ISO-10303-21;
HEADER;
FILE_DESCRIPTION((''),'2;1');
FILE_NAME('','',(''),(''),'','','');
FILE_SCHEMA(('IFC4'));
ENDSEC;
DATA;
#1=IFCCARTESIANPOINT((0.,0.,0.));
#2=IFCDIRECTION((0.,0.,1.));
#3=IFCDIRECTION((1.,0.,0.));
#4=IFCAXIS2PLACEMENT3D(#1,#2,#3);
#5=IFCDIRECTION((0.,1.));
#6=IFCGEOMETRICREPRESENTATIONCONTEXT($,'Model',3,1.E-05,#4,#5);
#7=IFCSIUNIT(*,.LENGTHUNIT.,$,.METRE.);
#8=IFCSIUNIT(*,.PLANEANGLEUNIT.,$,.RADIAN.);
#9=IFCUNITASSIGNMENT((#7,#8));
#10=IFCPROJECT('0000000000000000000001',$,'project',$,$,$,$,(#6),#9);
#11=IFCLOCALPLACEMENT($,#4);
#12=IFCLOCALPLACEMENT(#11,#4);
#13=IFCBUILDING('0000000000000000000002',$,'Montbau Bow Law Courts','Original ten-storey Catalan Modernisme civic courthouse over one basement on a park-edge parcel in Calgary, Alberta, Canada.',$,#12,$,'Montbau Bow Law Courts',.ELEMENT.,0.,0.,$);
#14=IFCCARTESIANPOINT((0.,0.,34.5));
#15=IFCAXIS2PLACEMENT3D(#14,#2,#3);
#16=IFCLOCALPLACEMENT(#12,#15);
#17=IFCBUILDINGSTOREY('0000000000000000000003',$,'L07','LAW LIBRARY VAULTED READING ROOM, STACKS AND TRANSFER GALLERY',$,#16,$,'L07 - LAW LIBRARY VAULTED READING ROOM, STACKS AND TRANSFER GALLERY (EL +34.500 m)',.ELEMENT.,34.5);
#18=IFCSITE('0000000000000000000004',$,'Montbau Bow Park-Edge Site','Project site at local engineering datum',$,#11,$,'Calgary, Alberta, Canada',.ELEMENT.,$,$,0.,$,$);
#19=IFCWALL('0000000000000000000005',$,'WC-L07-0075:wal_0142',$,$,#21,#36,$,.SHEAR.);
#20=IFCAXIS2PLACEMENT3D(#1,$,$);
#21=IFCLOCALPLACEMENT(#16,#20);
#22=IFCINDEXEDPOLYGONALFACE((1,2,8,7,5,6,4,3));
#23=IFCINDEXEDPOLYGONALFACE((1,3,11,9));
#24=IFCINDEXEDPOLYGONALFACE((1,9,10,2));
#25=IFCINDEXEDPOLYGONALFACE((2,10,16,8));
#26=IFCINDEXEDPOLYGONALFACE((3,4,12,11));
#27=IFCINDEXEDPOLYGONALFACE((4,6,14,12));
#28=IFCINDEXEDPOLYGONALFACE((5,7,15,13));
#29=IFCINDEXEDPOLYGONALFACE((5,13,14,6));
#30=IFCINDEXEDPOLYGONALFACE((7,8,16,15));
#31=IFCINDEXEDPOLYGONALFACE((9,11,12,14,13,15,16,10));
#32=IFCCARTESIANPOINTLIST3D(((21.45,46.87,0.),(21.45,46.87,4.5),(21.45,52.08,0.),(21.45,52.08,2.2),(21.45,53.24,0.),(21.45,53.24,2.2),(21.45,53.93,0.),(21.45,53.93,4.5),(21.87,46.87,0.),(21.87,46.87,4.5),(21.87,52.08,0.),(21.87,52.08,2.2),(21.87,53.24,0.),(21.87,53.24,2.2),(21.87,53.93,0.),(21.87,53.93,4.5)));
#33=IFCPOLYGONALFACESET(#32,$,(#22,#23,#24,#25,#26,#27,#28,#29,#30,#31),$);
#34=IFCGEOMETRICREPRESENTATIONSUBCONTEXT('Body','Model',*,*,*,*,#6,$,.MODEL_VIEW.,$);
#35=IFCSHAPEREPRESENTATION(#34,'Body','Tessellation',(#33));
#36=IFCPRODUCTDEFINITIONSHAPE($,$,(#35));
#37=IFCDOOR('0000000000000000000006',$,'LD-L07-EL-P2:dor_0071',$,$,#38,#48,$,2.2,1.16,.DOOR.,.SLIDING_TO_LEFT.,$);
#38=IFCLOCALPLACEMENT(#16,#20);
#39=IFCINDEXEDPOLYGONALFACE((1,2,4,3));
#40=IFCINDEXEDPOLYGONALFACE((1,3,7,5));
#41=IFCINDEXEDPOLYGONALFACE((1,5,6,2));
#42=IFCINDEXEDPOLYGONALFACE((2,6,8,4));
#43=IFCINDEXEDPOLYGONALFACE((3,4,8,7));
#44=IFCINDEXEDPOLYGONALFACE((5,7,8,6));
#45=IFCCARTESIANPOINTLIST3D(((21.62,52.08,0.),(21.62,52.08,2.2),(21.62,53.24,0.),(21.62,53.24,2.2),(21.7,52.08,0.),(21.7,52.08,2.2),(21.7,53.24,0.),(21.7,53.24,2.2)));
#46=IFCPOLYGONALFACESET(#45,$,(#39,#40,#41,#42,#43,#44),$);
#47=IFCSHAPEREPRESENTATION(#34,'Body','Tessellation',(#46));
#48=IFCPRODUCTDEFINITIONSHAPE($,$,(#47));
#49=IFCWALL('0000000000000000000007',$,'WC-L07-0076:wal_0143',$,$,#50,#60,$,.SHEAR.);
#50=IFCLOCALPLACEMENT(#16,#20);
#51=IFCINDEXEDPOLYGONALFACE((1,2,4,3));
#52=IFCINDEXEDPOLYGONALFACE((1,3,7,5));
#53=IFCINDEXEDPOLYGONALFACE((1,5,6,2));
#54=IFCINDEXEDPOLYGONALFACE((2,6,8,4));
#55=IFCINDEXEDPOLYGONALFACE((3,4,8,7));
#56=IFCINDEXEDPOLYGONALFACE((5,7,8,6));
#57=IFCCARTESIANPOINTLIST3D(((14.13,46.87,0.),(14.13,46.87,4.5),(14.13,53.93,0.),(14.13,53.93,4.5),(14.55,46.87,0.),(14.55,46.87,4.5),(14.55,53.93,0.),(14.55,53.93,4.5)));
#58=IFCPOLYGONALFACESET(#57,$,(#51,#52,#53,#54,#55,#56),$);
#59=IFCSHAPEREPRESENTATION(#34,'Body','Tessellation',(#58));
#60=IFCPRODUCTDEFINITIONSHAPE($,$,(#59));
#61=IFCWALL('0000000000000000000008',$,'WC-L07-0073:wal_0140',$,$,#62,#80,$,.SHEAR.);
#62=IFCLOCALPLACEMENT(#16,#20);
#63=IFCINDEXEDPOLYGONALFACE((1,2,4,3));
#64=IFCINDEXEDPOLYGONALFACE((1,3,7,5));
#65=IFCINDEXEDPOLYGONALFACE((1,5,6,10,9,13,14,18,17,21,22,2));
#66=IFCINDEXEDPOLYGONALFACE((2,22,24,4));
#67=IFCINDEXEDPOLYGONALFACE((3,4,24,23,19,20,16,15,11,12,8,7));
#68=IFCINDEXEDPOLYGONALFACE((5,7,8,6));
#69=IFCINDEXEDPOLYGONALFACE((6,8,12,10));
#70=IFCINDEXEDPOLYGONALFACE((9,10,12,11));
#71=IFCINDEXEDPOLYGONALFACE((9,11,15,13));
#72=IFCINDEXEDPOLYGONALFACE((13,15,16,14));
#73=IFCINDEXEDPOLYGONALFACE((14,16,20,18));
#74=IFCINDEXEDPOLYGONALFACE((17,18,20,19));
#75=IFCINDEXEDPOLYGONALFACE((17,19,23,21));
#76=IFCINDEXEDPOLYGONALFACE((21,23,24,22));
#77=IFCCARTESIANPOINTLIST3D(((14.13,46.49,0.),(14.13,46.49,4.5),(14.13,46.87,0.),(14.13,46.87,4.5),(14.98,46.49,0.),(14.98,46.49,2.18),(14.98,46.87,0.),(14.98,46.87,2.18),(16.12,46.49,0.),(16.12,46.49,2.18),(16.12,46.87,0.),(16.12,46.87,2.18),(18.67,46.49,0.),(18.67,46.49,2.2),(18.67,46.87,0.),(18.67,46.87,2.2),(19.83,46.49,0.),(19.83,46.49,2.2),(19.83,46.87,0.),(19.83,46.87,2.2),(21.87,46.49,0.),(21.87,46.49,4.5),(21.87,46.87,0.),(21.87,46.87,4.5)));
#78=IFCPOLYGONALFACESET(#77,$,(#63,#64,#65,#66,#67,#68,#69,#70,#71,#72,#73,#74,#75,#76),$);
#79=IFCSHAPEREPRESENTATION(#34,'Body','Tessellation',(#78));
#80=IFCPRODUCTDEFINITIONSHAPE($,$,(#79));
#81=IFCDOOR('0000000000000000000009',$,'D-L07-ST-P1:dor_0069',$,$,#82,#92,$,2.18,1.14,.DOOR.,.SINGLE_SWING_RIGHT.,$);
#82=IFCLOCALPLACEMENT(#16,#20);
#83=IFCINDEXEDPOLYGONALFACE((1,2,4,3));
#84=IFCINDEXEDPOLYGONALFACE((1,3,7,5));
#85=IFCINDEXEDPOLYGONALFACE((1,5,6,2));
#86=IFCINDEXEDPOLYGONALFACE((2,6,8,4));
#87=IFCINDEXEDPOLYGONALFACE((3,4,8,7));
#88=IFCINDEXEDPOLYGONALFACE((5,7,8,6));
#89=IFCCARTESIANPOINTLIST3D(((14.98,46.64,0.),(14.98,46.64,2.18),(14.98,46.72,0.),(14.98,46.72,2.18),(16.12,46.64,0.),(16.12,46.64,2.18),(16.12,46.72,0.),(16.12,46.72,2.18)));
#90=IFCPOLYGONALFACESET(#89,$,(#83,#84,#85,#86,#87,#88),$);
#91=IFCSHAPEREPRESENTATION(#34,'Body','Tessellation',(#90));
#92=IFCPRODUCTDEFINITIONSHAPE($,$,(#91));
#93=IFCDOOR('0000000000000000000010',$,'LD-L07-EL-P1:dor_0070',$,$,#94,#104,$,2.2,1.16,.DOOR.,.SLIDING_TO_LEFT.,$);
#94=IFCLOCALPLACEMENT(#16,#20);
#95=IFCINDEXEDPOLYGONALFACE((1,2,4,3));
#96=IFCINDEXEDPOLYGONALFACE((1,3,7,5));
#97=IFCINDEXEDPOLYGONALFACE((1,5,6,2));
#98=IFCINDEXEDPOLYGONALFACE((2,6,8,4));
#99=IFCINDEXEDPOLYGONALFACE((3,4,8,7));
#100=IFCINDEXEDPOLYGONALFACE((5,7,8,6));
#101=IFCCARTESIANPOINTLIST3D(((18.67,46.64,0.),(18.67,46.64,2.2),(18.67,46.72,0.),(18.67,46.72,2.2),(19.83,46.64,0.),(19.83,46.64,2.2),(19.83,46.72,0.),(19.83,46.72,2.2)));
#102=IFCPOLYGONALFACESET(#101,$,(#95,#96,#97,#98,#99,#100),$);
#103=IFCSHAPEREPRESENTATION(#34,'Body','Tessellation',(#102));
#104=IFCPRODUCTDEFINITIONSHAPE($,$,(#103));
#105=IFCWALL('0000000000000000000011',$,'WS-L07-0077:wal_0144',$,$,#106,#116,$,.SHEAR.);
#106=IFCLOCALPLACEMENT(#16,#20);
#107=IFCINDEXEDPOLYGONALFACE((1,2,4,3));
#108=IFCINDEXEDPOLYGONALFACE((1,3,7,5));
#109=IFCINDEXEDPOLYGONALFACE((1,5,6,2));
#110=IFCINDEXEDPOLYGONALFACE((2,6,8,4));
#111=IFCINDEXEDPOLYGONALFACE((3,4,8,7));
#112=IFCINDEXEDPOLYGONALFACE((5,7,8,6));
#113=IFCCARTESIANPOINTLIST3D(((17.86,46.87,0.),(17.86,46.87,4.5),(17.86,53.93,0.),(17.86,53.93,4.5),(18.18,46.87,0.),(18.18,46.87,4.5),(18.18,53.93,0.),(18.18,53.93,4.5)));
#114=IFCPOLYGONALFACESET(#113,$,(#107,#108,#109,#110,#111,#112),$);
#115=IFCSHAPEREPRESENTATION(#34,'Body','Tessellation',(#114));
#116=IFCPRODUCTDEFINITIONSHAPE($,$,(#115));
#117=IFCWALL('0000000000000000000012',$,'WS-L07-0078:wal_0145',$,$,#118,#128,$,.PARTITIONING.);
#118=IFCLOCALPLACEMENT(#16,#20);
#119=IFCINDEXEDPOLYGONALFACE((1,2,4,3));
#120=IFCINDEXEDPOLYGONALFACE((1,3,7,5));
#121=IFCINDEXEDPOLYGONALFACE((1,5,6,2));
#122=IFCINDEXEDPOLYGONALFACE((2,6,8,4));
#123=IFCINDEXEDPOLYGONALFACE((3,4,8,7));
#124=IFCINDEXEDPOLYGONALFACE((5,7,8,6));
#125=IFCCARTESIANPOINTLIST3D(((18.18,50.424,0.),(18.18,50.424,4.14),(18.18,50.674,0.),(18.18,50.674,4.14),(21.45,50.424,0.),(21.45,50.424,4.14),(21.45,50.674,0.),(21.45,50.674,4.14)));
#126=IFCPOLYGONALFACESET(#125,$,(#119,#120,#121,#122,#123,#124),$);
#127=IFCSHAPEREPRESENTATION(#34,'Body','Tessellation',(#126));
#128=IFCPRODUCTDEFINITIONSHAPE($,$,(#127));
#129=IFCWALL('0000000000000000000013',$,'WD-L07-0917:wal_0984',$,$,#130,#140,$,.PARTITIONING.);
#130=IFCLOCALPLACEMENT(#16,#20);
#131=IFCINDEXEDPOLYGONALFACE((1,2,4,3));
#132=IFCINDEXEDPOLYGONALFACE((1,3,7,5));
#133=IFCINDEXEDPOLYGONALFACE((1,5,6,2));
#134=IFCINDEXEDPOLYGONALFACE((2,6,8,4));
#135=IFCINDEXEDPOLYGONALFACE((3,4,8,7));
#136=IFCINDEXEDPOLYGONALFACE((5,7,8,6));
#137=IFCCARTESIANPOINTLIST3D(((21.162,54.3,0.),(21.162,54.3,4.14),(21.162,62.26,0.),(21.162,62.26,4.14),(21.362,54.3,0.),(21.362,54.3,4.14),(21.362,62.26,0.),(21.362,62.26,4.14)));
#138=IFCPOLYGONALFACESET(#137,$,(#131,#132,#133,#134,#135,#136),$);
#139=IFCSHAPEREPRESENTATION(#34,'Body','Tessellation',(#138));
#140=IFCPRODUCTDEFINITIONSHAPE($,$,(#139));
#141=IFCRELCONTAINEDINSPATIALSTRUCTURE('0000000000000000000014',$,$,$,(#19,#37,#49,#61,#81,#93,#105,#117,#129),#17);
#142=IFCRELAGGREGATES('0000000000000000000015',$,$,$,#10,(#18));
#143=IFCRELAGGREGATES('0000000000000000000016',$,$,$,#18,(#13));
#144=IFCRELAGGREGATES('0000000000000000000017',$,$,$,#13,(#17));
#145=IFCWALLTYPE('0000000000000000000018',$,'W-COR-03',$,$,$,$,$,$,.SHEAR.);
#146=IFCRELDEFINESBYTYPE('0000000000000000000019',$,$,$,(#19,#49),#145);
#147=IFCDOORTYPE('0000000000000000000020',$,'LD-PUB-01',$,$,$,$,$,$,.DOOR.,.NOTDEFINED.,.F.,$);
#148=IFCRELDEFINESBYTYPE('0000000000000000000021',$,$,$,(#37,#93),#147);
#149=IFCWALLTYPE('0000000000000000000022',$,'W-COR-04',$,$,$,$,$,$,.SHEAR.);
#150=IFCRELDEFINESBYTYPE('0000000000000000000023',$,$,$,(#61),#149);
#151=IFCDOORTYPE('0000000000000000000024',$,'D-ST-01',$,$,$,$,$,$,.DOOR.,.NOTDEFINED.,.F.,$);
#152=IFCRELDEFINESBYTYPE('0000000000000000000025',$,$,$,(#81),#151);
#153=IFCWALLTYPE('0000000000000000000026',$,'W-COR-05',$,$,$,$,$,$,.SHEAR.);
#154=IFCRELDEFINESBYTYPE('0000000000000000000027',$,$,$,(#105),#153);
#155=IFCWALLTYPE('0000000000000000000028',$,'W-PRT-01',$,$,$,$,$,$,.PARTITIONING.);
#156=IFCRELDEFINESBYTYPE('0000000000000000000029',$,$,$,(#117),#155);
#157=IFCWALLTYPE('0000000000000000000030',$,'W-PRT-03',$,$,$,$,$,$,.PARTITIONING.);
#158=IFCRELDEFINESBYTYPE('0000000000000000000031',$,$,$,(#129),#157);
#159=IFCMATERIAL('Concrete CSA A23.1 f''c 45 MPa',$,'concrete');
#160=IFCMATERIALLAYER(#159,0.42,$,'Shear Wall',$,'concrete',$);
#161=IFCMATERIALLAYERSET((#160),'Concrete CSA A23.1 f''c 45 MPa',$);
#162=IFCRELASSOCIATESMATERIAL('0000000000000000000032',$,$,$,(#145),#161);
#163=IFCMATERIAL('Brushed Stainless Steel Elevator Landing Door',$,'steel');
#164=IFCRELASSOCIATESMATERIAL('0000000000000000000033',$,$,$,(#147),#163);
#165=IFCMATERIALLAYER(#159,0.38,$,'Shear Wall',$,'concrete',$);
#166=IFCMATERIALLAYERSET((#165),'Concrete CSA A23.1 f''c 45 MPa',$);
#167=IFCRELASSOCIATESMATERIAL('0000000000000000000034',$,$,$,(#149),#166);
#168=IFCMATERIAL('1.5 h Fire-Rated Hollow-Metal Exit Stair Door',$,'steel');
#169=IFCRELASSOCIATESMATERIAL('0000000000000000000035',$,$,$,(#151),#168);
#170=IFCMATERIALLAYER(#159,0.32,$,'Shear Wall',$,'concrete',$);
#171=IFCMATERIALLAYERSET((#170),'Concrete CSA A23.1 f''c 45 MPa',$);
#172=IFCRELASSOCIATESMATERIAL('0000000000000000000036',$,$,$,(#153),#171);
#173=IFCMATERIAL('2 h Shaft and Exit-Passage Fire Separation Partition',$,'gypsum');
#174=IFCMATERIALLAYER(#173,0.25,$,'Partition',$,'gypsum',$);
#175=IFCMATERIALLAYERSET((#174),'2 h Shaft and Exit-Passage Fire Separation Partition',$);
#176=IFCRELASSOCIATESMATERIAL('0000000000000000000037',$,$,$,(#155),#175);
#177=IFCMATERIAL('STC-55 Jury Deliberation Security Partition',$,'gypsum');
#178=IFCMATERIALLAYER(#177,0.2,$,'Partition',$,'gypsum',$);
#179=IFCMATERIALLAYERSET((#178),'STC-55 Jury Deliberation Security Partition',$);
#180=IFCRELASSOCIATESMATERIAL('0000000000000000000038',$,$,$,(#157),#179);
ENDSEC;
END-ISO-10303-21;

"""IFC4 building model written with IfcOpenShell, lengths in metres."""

from ifc_helpers import new_model, si_unit, direction, frame, frame_2d, origin_with_axes, place, context, subcontext, project, spatial, rectangle, extrude, material, layer, layer_set, type_object, element, fill, save


model = new_model("IFC4")

# Units and contexts
model_context = context("Model", 3, precision=1e-05, world=origin_with_axes(), true_north=direction((0.0, 1.0)))
body_context = subcontext(model_context, "Body", "Model", "MODEL_VIEW")
ifc_project = project(units=[si_unit("LENGTHUNIT", "METRE"), si_unit("PLANEANGLEUNIT", "RADIAN")], contexts=[model_context])

# Site, building, storey
site_placement = place(None, origin_with_axes())
site = spatial("IfcSite", under=ifc_project, at=site_placement, Name="Montbau Bow Park-Edge Site", Description="Project site at local engineering datum", LongName="Calgary, Alberta, Canada", CompositionType="ELEMENT", RefElevation=0.0)
building_placement = place(site_placement, origin_with_axes())
building = spatial("IfcBuilding", under=site, at=building_placement, Name="Montbau Bow Law Courts", Description="Original ten-storey Catalan Modernisme civic courthouse over one basement on a park-edge parcel in Calgary, Alberta, Canada.", LongName="Montbau Bow Law Courts", CompositionType="ELEMENT", ElevationOfRefHeight=0.0, ElevationOfTerrain=0.0)
storey_placement = place(building_placement, frame((0.0, 0.0, 34.5), z_axis=(0.0, 0.0, 1.0), x_axis=(1.0, 0.0, 0.0)))
storey = spatial("IfcBuildingStorey", under=building, at=storey_placement, Name="L07", Description="LAW LIBRARY VAULTED READING ROOM, STACKS AND TRANSFER GALLERY", LongName="L07 - LAW LIBRARY VAULTED READING ROOM, STACKS AND TRANSFER GALLERY (EL +34.500 m)", CompositionType="ELEMENT", Elevation=34.5)

# Wall, opening, door
ifc_material_1 = material(Name="Concrete CSA A23.1 f'c 45 MPa", Category="concrete")
ifc_layer_1 = layer(ifc_material_1, 0.42, Name="Shear Wall", Category="concrete")
ifc_layer_set_1 = layer_set([ifc_layer_1], Name="Concrete CSA A23.1 f'c 45 MPa")
wall_type_1 = type_object("IfcWallType", Name="W-COR-03", PredefinedType="SHEAR", material=ifc_layer_set_1)
wall_1_placement = place(None, frame((21.66, 46.87, 34.5), z_axis=(0.0, 0.0, 1.0), x_axis=(0.0, 1.0, 0.0)))
wall_1 = element("IfcWall", 1, at=wall_1_placement, inside=storey, type_object=wall_type_1, Name="WC-L07-0075:wal_0142", PredefinedType="SHEAR", context=body_context, shape_type="SweptSolid", body=[
    extrude(rectangle(XDim=7.06, YDim=0.42, at=frame_2d((3.53, 0.0), x_axis=(1.0, 0.0))), origin_with_axes(), (0.0, 0.0, 1.0), 4.5),
])
opening_1_placement = place(None, frame((21.66, 52.66, 34.5), z_axis=(0.0, 0.0, 1.0), x_axis=(0.0, 1.0, 0.0)))
opening_1 = element("IfcOpeningElement", 2, at=opening_1_placement, cuts=wall_1, PredefinedType="OPENING", context=body_context, shape_type="SweptSolid", body=[
    extrude(rectangle(XDim=1.16, YDim=2.2, at=frame_2d((0.0, 1.1), x_axis=(1.0, 0.0))), frame((0.0, 0.22, 0.0), z_axis=(0.0, -1.0, 0.0), x_axis=(1.0, 0.0, 0.0)), (0.0, 0.0, 1.0), 0.44),
])
ifc_material_2 = material(Name="Brushed Stainless Steel Elevator Landing Door", Category="steel")
door_type_1 = type_object("IfcDoorType", Name="LD-PUB-01", OperationType="NOTDEFINED", ParameterTakesPrecedence=False, PredefinedType="DOOR", material=ifc_material_2)
door_1_placement = place(None, frame((21.66, 52.66, 34.5), z_axis=(0.0, 0.0, 1.0), x_axis=(0.0, 1.0, 0.0)))
door_1 = element("IfcDoor", 3, at=door_1_placement, inside=storey, type_object=door_type_1, Name="LD-L07-EL-P2:dor_0071", OperationType="SLIDING_TO_LEFT", OverallHeight=2.2, OverallWidth=1.16, PredefinedType="DOOR", context=body_context, shape_type="SweptSolid", body=[
    extrude(rectangle(XDim=1.16, YDim=2.2, at=frame_2d((0.0, 1.1), x_axis=(1.0, 0.0))), frame((0.0, 0.04, 0.0), z_axis=(0.0, -1.0, 0.0), x_axis=(1.0, 0.0, 0.0)), (0.0, 0.0, 1.0), 0.08),
])
fill(opening_1, door_1)

# Wall
wall_2_placement = place(None, frame((14.34, 53.93, 34.5), z_axis=(0.0, 0.0, 1.0), x_axis=(0.0, -1.0, 0.0)))
element("IfcWall", 4, at=wall_2_placement, inside=storey, type_object=wall_type_1, Name="WC-L07-0076:wal_0143", PredefinedType="SHEAR", context=body_context, shape_type="SweptSolid", body=[
    extrude(rectangle(XDim=7.06, YDim=0.42, at=frame_2d((3.53, 0.0), x_axis=(1.0, 0.0))), origin_with_axes(), (0.0, 0.0, 1.0), 4.5),
])

# Wall, openings, doors
ifc_layer_2 = layer(ifc_material_1, 0.38, Name="Shear Wall", Category="concrete")
ifc_layer_set_2 = layer_set([ifc_layer_2], Name="Concrete CSA A23.1 f'c 45 MPa")
wall_type_2 = type_object("IfcWallType", Name="W-COR-04", PredefinedType="SHEAR", material=ifc_layer_set_2)
wall_3_placement = place(None, frame((14.13, 46.68, 34.5), z_axis=(0.0, 0.0, 1.0), x_axis=(1.0, 0.0, 0.0)))
wall_3 = element("IfcWall", 5, at=wall_3_placement, inside=storey, type_object=wall_type_2, Name="WC-L07-0073:wal_0140", PredefinedType="SHEAR", context=body_context, shape_type="SweptSolid", body=[
    extrude(rectangle(XDim=7.74, YDim=0.38, at=frame_2d((3.87, 0.0), x_axis=(1.0, 0.0))), origin_with_axes(), (0.0, 0.0, 1.0), 4.5),
])
opening_2_placement = place(None, frame((15.55, 46.68, 34.5), z_axis=(0.0, 0.0, 1.0), x_axis=(1.0, 0.0, 0.0)))
opening_2 = element("IfcOpeningElement", 6, at=opening_2_placement, cuts=wall_3, PredefinedType="OPENING", context=body_context, shape_type="SweptSolid", body=[
    extrude(rectangle(XDim=1.14, YDim=2.18, at=frame_2d((0.0, 1.09), x_axis=(1.0, 0.0))), frame((0.0, 0.2, 0.0), z_axis=(0.0, -1.0, 0.0), x_axis=(1.0, 0.0, 0.0)), (0.0, 0.0, 1.0), 0.4),
])
opening_3_placement = place(None, frame((19.25, 46.68, 34.5), z_axis=(0.0, 0.0, 1.0), x_axis=(1.0, 0.0, 0.0)))
opening_3 = element("IfcOpeningElement", 7, at=opening_3_placement, cuts=wall_3, PredefinedType="OPENING", context=body_context, shape_type="SweptSolid", body=[
    extrude(rectangle(XDim=1.16, YDim=2.2, at=frame_2d((0.0, 1.1), x_axis=(1.0, 0.0))), frame((0.0, 0.2, 0.0), z_axis=(0.0, -1.0, 0.0), x_axis=(1.0, 0.0, 0.0)), (0.0, 0.0, 1.0), 0.4),
])
ifc_material_3 = material(Name="1.5 h Fire-Rated Hollow-Metal Exit Stair Door", Category="steel")
door_type_2 = type_object("IfcDoorType", Name="D-ST-01", OperationType="NOTDEFINED", ParameterTakesPrecedence=False, PredefinedType="DOOR", material=ifc_material_3)
door_2_placement = place(None, frame((15.55, 46.68, 34.5), z_axis=(0.0, 0.0, 1.0), x_axis=(-1.0, 0.0, 0.0)))
door_2 = element("IfcDoor", 8, at=door_2_placement, inside=storey, type_object=door_type_2, Name="D-L07-ST-P1:dor_0069", OperationType="SINGLE_SWING_RIGHT", OverallHeight=2.18, OverallWidth=1.14, PredefinedType="DOOR", context=body_context, shape_type="SweptSolid", body=[
    extrude(rectangle(XDim=1.14, YDim=2.18, at=frame_2d((0.0, 1.09), x_axis=(1.0, 0.0))), frame((0.0, 0.04, 0.0), z_axis=(0.0, -1.0, 0.0), x_axis=(1.0, 0.0, 0.0)), (0.0, 0.0, 1.0), 0.08),
])
fill(opening_2, door_2)
door_3_placement = place(None, frame((19.25, 46.68, 34.5), z_axis=(0.0, 0.0, 1.0), x_axis=(-1.0, 0.0, 0.0)))
door_3 = element("IfcDoor", 9, at=door_3_placement, inside=storey, type_object=door_type_1, Name="LD-L07-EL-P1:dor_0070", OperationType="SLIDING_TO_LEFT", OverallHeight=2.2, OverallWidth=1.16, PredefinedType="DOOR", context=body_context, shape_type="SweptSolid", body=[
    extrude(rectangle(XDim=1.16, YDim=2.2, at=frame_2d((0.0, 1.1), x_axis=(1.0, 0.0))), frame((0.0, 0.04, 0.0), z_axis=(0.0, -1.0, 0.0), x_axis=(1.0, 0.0, 0.0)), (0.0, 0.0, 1.0), 0.08),
])
fill(opening_3, door_3)

# Walls
ifc_layer_3 = layer(ifc_material_1, 0.32, Name="Shear Wall", Category="concrete")
ifc_layer_set_3 = layer_set([ifc_layer_3], Name="Concrete CSA A23.1 f'c 45 MPa")
wall_type_3 = type_object("IfcWallType", Name="W-COR-05", PredefinedType="SHEAR", material=ifc_layer_set_3)
wall_4_placement = place(None, frame((18.02, 46.87, 34.5), z_axis=(0.0, 0.0, 1.0), x_axis=(0.0, 1.0, 0.0)))
element("IfcWall", 10, at=wall_4_placement, inside=storey, type_object=wall_type_3, Name="WS-L07-0077:wal_0144", PredefinedType="SHEAR", context=body_context, shape_type="SweptSolid", body=[
    extrude(rectangle(XDim=7.06, YDim=0.32, at=frame_2d((3.53, 0.0), x_axis=(1.0, 0.0))), origin_with_axes(), (0.0, 0.0, 1.0), 4.5),
])
ifc_material_4 = material(Name="2 h Shaft and Exit-Passage Fire Separation Partition", Category="gypsum")
ifc_layer_4 = layer(ifc_material_4, 0.25, Name="Partition", Category="gypsum")
ifc_layer_set_4 = layer_set([ifc_layer_4], Name="2 h Shaft and Exit-Passage Fire Separation Partition")
wall_type_4 = type_object("IfcWallType", Name="W-PRT-01", PredefinedType="PARTITIONING", material=ifc_layer_set_4)
wall_5_placement = place(None, frame((18.18, 50.549, 34.5), z_axis=(0.0, 0.0, 1.0), x_axis=(1.0, 0.0, 0.0)))
element("IfcWall", 11, at=wall_5_placement, inside=storey, type_object=wall_type_4, Name="WS-L07-0078:wal_0145", PredefinedType="PARTITIONING", context=body_context, shape_type="SweptSolid", body=[
    extrude(rectangle(XDim=3.27, YDim=0.25, at=frame_2d((1.635, 0.0), x_axis=(1.0, 0.0))), origin_with_axes(), (0.0, 0.0, 1.0), 4.14),
])
ifc_material_5 = material(Name="STC-55 Jury Deliberation Security Partition", Category="gypsum")
ifc_layer_5 = layer(ifc_material_5, 0.2, Name="Partition", Category="gypsum")
ifc_layer_set_5 = layer_set([ifc_layer_5], Name="STC-55 Jury Deliberation Security Partition")
wall_type_5 = type_object("IfcWallType", Name="W-PRT-03", PredefinedType="PARTITIONING", material=ifc_layer_set_5)
wall_6_placement = place(None, frame((21.262, 54.3, 34.5), z_axis=(0.0, 0.0, 1.0), x_axis=(0.0, 1.0, 0.0)))
element("IfcWall", 12, at=wall_6_placement, inside=storey, type_object=wall_type_5, Name="WD-L07-0917:wal_0984", PredefinedType="PARTITIONING", context=body_context, shape_type="SweptSolid", body=[
    extrude(rectangle(XDim=7.96, YDim=0.2, at=frame_2d((3.98, 0.0), x_axis=(1.0, 0.0))), origin_with_axes(), (0.0, 0.0, 1.0), 4.14),
])

save(model, "model.ifc")
